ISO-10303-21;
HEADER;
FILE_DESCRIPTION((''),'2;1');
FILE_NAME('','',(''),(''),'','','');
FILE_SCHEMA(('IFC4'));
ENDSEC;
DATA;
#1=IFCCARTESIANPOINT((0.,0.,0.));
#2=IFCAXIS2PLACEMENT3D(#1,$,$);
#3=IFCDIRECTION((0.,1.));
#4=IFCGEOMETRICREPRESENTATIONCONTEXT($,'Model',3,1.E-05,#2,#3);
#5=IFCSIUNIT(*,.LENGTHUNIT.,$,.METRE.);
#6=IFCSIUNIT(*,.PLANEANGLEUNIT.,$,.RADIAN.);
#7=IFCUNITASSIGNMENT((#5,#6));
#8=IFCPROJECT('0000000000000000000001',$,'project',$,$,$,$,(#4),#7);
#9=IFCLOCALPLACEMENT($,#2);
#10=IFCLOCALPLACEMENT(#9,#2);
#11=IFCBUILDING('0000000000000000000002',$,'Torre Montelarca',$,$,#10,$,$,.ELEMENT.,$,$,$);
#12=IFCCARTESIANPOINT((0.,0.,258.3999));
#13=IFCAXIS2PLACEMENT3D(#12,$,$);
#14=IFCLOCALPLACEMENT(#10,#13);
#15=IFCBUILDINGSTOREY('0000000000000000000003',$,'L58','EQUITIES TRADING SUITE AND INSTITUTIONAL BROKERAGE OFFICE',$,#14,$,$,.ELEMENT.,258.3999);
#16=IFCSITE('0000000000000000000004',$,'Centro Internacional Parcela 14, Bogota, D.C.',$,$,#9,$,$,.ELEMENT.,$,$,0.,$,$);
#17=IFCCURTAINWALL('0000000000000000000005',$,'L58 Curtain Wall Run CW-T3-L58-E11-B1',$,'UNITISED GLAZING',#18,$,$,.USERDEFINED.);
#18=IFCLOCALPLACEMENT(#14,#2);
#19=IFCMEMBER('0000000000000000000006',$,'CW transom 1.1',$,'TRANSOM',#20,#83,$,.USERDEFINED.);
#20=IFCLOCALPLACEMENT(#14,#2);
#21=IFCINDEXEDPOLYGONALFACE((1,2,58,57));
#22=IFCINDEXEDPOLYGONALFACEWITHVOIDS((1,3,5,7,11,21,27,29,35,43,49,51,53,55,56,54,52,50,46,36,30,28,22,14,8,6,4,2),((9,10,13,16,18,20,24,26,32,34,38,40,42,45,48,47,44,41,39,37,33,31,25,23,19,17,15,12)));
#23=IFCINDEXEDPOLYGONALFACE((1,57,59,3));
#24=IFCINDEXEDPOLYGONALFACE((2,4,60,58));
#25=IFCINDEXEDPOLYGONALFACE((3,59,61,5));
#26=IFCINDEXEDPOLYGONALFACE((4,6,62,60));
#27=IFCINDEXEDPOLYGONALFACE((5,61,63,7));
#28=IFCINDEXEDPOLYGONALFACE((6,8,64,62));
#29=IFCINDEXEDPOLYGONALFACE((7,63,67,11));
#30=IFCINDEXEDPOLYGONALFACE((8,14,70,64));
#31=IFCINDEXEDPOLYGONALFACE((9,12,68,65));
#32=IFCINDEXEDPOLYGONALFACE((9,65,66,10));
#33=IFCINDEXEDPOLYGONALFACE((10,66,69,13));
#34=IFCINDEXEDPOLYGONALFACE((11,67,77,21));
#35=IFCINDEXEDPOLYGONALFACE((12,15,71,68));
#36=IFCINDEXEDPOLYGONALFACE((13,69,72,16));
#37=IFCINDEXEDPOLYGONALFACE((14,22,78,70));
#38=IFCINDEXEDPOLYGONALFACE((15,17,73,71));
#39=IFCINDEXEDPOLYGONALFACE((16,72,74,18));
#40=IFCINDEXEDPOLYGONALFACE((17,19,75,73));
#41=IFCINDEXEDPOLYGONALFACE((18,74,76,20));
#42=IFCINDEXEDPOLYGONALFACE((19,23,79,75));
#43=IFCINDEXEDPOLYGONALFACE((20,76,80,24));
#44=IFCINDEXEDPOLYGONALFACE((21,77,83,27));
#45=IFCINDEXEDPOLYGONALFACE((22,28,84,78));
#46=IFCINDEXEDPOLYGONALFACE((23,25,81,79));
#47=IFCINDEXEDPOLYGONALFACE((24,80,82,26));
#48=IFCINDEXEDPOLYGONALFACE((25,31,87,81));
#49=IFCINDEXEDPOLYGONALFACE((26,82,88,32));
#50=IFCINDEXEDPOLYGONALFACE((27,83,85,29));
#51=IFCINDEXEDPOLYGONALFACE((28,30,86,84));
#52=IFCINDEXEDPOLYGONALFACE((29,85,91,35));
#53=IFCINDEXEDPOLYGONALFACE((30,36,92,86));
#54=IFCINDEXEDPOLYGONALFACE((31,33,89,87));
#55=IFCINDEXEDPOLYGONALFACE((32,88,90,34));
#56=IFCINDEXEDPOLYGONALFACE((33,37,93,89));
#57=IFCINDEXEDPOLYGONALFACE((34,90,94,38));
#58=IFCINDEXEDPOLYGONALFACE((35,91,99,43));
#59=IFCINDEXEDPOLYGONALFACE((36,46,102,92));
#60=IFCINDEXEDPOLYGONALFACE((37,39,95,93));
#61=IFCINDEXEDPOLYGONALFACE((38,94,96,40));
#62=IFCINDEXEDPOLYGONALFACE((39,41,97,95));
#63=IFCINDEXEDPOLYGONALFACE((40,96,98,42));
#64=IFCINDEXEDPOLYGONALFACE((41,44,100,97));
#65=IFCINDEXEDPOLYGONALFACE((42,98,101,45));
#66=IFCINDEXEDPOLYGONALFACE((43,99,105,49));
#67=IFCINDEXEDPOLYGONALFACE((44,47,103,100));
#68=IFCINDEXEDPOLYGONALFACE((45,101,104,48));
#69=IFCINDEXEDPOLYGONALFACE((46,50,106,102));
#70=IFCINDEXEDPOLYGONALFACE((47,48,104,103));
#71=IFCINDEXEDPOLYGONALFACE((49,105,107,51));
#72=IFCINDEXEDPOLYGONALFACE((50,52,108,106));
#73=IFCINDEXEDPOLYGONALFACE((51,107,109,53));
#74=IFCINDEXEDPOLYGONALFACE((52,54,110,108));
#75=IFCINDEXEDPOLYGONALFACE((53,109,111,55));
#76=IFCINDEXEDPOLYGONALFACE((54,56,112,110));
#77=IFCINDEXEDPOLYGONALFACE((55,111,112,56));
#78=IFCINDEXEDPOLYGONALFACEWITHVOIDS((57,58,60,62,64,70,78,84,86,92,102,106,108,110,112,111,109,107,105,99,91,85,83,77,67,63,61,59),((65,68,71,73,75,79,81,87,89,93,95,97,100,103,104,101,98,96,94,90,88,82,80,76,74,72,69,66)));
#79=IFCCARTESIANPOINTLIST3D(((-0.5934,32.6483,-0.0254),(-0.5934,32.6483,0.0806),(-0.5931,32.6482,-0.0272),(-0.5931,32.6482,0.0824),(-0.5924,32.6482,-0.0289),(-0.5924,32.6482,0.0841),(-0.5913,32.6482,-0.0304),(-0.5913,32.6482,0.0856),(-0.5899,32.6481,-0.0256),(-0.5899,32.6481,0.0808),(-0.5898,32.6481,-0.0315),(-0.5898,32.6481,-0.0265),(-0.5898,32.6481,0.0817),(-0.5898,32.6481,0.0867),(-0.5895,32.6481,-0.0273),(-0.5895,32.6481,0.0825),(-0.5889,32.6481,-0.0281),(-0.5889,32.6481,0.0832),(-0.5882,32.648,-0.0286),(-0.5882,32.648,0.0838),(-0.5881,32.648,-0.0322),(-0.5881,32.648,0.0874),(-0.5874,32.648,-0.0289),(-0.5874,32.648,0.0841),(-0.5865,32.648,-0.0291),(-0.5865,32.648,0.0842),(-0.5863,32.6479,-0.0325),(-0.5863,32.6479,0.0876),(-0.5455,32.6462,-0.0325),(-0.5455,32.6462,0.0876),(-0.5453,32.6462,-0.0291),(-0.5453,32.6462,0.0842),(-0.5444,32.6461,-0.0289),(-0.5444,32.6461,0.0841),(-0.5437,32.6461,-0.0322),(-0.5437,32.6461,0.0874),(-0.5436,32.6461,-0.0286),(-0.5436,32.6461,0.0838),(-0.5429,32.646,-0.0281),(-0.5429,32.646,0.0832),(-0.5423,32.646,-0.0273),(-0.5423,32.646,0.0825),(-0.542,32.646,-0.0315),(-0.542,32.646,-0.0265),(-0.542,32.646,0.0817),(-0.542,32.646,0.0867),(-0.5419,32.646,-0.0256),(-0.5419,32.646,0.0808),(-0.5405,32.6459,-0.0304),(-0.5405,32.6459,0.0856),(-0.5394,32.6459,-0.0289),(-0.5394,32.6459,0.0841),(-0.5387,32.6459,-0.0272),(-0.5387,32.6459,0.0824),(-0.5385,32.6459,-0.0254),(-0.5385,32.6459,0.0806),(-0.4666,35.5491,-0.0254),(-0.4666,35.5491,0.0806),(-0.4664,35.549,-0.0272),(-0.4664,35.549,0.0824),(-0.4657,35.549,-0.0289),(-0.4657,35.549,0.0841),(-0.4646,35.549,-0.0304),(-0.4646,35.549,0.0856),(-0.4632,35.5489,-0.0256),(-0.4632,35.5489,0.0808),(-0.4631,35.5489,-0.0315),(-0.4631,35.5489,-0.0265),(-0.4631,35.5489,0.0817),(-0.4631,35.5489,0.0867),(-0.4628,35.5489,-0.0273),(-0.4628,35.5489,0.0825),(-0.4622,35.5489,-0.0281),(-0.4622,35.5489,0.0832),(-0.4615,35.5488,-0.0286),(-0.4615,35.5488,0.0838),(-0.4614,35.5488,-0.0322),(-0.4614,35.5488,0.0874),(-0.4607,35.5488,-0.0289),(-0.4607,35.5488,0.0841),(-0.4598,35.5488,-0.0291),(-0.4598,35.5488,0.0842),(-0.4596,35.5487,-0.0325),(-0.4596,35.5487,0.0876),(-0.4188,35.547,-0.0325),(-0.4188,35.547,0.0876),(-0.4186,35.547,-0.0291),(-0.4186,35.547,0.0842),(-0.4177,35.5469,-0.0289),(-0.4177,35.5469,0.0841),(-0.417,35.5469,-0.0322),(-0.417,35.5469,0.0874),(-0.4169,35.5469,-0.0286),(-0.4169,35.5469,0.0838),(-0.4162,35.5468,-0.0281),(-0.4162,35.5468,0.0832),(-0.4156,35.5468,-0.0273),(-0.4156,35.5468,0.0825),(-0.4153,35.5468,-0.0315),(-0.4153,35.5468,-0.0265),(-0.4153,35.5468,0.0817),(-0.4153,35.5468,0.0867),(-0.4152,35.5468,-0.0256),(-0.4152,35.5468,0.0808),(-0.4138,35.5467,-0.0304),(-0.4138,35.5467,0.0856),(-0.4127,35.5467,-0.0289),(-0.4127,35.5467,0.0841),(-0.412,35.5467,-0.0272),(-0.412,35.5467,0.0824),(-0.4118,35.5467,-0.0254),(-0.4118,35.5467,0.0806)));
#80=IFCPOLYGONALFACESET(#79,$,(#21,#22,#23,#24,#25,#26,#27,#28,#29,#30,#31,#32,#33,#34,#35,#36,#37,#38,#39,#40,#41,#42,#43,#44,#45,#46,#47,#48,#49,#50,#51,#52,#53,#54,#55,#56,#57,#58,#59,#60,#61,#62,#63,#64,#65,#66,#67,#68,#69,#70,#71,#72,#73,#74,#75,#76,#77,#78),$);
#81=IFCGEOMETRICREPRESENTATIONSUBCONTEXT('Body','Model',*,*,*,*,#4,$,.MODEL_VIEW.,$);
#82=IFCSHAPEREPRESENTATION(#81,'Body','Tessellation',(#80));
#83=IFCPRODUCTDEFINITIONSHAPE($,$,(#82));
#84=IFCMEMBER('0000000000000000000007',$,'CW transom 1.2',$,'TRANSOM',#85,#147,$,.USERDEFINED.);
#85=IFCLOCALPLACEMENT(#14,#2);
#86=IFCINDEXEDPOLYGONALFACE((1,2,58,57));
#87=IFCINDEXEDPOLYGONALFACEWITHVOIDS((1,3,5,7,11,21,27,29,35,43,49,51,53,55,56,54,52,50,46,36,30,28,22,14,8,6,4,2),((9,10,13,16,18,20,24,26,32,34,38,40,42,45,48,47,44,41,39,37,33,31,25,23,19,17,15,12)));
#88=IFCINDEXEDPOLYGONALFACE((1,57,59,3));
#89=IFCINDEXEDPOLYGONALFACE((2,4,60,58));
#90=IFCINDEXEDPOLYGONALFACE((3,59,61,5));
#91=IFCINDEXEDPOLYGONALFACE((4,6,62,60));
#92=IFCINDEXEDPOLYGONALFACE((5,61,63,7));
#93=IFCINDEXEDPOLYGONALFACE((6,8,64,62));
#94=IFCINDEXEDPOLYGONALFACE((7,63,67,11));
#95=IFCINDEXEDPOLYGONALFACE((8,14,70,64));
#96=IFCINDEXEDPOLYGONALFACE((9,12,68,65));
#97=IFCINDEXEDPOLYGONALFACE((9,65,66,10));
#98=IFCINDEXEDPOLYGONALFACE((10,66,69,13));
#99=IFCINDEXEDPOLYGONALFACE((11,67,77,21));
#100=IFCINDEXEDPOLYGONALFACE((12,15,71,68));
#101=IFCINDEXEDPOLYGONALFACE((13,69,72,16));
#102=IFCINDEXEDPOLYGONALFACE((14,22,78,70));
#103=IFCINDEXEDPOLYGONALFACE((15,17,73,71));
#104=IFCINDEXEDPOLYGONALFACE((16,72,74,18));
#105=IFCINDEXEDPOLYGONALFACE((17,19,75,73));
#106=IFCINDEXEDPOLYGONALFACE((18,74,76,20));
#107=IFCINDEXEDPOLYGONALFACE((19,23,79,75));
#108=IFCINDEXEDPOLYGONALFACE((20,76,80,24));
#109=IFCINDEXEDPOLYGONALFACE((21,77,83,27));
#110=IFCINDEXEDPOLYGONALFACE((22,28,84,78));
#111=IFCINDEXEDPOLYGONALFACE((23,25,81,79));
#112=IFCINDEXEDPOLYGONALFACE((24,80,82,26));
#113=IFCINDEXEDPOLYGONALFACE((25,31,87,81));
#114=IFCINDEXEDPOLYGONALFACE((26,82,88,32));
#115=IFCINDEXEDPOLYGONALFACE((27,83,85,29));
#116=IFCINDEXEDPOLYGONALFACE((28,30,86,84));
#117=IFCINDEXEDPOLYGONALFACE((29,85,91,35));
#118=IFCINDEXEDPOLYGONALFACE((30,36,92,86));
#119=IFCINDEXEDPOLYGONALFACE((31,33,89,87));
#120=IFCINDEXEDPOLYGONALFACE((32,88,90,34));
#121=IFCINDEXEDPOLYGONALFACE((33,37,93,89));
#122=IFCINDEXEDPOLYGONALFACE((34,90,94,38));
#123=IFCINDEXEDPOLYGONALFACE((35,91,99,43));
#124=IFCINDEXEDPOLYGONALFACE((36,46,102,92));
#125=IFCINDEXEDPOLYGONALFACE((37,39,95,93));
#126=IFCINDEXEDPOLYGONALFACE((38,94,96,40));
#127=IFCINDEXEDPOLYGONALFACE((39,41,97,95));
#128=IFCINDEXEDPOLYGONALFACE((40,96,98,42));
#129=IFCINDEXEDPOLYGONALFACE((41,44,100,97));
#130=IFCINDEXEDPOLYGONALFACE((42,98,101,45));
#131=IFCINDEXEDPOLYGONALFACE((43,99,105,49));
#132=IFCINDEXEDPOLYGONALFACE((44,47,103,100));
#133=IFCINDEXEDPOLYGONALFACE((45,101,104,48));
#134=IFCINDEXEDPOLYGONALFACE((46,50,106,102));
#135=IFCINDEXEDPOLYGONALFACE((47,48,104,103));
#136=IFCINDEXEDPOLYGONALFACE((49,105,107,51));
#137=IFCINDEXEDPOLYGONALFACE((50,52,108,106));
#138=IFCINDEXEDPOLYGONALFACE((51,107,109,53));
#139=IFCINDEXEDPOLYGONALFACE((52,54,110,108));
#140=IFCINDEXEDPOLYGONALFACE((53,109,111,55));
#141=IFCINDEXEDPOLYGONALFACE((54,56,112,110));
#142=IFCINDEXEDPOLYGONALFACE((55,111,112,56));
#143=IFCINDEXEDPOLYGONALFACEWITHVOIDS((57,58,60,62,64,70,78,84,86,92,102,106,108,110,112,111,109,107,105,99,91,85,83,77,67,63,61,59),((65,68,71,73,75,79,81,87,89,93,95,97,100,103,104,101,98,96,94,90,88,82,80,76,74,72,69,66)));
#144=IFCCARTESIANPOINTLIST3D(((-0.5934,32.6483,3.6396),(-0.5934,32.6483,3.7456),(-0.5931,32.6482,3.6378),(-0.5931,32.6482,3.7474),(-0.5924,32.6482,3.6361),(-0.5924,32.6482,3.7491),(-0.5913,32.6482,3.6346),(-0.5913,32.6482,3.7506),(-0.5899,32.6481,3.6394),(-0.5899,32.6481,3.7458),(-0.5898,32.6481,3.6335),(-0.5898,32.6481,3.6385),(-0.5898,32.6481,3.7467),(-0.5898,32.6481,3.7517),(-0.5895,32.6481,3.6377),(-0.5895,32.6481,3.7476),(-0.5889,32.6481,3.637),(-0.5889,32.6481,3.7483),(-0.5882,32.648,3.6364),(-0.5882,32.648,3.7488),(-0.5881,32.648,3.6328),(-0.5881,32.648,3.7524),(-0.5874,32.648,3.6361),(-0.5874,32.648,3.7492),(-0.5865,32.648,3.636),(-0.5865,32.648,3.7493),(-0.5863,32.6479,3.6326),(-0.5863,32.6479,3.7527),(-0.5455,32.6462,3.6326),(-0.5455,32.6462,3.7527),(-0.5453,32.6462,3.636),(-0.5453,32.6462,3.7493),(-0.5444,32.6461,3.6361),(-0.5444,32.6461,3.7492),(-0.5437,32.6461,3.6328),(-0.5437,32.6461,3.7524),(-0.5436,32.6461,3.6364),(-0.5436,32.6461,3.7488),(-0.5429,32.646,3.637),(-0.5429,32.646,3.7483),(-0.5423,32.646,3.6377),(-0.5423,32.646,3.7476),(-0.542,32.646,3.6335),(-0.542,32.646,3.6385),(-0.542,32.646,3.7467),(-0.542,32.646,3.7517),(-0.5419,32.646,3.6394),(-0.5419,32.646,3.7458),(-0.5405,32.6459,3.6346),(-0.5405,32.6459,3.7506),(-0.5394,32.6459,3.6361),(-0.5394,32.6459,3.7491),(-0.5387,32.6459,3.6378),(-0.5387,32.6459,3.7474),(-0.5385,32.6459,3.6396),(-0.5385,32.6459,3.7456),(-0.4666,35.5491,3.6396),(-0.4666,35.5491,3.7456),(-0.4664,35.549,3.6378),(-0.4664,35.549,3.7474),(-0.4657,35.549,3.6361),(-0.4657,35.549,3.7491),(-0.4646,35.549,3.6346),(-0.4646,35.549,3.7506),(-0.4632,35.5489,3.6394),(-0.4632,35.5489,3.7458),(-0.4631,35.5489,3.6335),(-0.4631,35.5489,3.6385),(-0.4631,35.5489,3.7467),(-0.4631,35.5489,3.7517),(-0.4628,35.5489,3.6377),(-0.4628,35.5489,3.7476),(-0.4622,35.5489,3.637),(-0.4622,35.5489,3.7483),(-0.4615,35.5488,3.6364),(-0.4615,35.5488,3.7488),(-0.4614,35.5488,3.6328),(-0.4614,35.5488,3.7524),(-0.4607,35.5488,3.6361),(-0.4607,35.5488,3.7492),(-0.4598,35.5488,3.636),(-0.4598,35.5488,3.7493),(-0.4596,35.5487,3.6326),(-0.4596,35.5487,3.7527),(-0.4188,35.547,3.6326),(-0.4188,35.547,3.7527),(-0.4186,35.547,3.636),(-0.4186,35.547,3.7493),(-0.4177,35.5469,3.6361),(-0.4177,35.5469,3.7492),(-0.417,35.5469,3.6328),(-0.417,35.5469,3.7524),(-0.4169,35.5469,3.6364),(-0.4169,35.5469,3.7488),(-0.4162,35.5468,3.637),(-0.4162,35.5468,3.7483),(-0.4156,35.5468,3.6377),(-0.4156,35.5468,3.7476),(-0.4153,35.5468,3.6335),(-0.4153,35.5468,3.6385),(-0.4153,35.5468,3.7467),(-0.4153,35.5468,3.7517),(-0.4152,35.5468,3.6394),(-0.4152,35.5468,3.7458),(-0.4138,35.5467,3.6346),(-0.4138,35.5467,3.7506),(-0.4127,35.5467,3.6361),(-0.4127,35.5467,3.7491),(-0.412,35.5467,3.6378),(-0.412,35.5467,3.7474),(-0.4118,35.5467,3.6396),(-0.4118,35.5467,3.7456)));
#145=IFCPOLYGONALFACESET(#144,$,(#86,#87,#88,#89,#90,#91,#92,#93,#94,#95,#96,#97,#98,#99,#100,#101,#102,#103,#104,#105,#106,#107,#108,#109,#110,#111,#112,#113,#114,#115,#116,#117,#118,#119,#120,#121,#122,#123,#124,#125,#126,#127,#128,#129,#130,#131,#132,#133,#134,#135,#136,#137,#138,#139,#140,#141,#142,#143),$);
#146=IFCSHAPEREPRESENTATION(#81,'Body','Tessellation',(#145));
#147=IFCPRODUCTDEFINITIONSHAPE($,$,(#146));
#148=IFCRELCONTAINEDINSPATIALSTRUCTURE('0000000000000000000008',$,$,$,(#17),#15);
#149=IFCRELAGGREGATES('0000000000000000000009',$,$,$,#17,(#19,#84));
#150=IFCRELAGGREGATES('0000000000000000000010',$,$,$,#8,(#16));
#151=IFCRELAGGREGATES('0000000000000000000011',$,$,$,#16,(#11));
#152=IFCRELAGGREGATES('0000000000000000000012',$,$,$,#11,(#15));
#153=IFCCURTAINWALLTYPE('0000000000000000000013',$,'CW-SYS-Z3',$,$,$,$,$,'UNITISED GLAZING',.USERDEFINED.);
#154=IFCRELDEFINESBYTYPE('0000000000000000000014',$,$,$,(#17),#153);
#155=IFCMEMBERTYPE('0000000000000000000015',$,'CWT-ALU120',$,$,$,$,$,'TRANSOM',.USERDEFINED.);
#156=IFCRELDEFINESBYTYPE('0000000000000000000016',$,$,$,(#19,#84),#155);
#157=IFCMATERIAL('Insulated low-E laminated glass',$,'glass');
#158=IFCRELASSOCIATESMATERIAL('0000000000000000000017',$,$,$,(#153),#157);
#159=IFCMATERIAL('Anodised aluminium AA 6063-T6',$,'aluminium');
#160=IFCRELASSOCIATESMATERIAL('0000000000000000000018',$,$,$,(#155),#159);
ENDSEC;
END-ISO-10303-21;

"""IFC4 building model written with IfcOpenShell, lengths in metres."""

from ifc_helpers import new_model, si_unit, direction, frame, origin, origin_2d, place, context, subcontext, project, spatial, hollow_rectangle, extrude, source, transform, mapped, material, material_profile, profile_set, type_object, element, aggregate, save


model = new_model("IFC4")

# Units and contexts
model_context = context("Model", 3, precision=1e-05, world=origin(), true_north=direction((0.0, 1.0)))
body_context = subcontext(model_context, "Body", "Model", "MODEL_VIEW")
ifc_project = project(units=[si_unit("LENGTHUNIT", "METRE"), si_unit("PLANEANGLEUNIT", "RADIAN")], contexts=[model_context])

# Site, building, storey
site_placement = place(None, origin())
site = spatial("IfcSite", under=ifc_project, at=site_placement, Name="Centro Internacional Parcela 14, Bogota, D.C.", CompositionType="ELEMENT", RefElevation=0.0)
building_placement = place(site_placement, origin())
building = spatial("IfcBuilding", under=site, at=building_placement, Name="Torre Montelarca", CompositionType="ELEMENT")
storey_placement = place(building_placement, frame((0.0, 0.0, 258.3999)))
storey = spatial("IfcBuildingStorey", under=building, at=storey_placement, Name="L58", Description="EQUITIES TRADING SUITE AND INSTITUTIONAL BROKERAGE OFFICE", CompositionType="ELEMENT", Elevation=258.3999)

# Curtain wall, members
ifc_material_1 = material(Name="Insulated low-E laminated glass", Category="glass")
curtain_wall_type = type_object("IfcCurtainWallType", Name="CW-SYS-Z3", ElementType="UNITISED GLAZING", PredefinedType="USERDEFINED", material=ifc_material_1)
curtain_wall_placement = place(storey_placement, origin())
curtain_wall = element("IfcCurtainWall", 1, at=curtain_wall_placement, inside=storey, type_object=curtain_wall_type, Name="L58 Curtain Wall Run CW-T3-L58-E11-B1", ObjectType="UNITISED GLAZING", PredefinedType="USERDEFINED")
ifc_material_2 = material(Name="Anodised aluminium AA 6063-T6", Category="aluminium")
ifc_material_profile_1 = material_profile(ifc_material_2, hollow_rectangle(XDim=0.0549, YDim=0.1201, WallThickness=0.0034, InnerFilletRadius=0.0034, OuterFilletRadius=0.0071, at=origin_2d()), Name="ALU55X120X3.5", Category="aluminium")
ifc_profile_set_1 = profile_set([ifc_material_profile_1], Name="Anodised aluminium AA 6063-T6")
member_type_1 = type_object("IfcMemberType", Name="CWT-ALU120", ElementType="TRANSOM", PredefinedType="USERDEFINED", material=ifc_profile_set_1)
shared_shape_1 = source(origin(), body_context, "Body", "SweptSolid", [
    extrude(hollow_rectangle(XDim=0.0549, YDim=0.1201, WallThickness=0.0034, InnerFilletRadius=0.0034, OuterFilletRadius=0.0071, at=origin_2d()), origin(), (0.0, 0.0, 1.0), 2.9036),
])
member_1_placement = place(storey_placement, frame((-0.4392, 35.5479, 0.0276), z_axis=(-0.043638, -0.999047, 0.0), x_axis=(0.999047, -0.043638, 0.0)))
member_1 = element("IfcMember", 2, at=member_1_placement, type_object=member_type_1, Name="CW transom 1.1", ObjectType="TRANSOM", PredefinedType="USERDEFINED", context=body_context, shape_type="MappedRepresentation", body=[
    mapped(shared_shape_1, transform((0.0, 0.0, 0.0), scale=1.0)),
])
member_2_placement = place(storey_placement, frame((-0.4392, 35.5479, 3.6926), z_axis=(-0.043638, -0.999047, 0.0), x_axis=(0.999047, -0.043638, 0.0)))
member_2 = element("IfcMember", 3, at=member_2_placement, type_object=member_type_1, Name="CW transom 1.2", ObjectType="TRANSOM", PredefinedType="USERDEFINED", context=body_context, shape_type="MappedRepresentation", body=[
    mapped(shared_shape_1, transform((0.0, 0.0, 0.0), scale=1.0)),
])
aggregate(curtain_wall, [member_1, member_2])

save(model, "model.ifc")
